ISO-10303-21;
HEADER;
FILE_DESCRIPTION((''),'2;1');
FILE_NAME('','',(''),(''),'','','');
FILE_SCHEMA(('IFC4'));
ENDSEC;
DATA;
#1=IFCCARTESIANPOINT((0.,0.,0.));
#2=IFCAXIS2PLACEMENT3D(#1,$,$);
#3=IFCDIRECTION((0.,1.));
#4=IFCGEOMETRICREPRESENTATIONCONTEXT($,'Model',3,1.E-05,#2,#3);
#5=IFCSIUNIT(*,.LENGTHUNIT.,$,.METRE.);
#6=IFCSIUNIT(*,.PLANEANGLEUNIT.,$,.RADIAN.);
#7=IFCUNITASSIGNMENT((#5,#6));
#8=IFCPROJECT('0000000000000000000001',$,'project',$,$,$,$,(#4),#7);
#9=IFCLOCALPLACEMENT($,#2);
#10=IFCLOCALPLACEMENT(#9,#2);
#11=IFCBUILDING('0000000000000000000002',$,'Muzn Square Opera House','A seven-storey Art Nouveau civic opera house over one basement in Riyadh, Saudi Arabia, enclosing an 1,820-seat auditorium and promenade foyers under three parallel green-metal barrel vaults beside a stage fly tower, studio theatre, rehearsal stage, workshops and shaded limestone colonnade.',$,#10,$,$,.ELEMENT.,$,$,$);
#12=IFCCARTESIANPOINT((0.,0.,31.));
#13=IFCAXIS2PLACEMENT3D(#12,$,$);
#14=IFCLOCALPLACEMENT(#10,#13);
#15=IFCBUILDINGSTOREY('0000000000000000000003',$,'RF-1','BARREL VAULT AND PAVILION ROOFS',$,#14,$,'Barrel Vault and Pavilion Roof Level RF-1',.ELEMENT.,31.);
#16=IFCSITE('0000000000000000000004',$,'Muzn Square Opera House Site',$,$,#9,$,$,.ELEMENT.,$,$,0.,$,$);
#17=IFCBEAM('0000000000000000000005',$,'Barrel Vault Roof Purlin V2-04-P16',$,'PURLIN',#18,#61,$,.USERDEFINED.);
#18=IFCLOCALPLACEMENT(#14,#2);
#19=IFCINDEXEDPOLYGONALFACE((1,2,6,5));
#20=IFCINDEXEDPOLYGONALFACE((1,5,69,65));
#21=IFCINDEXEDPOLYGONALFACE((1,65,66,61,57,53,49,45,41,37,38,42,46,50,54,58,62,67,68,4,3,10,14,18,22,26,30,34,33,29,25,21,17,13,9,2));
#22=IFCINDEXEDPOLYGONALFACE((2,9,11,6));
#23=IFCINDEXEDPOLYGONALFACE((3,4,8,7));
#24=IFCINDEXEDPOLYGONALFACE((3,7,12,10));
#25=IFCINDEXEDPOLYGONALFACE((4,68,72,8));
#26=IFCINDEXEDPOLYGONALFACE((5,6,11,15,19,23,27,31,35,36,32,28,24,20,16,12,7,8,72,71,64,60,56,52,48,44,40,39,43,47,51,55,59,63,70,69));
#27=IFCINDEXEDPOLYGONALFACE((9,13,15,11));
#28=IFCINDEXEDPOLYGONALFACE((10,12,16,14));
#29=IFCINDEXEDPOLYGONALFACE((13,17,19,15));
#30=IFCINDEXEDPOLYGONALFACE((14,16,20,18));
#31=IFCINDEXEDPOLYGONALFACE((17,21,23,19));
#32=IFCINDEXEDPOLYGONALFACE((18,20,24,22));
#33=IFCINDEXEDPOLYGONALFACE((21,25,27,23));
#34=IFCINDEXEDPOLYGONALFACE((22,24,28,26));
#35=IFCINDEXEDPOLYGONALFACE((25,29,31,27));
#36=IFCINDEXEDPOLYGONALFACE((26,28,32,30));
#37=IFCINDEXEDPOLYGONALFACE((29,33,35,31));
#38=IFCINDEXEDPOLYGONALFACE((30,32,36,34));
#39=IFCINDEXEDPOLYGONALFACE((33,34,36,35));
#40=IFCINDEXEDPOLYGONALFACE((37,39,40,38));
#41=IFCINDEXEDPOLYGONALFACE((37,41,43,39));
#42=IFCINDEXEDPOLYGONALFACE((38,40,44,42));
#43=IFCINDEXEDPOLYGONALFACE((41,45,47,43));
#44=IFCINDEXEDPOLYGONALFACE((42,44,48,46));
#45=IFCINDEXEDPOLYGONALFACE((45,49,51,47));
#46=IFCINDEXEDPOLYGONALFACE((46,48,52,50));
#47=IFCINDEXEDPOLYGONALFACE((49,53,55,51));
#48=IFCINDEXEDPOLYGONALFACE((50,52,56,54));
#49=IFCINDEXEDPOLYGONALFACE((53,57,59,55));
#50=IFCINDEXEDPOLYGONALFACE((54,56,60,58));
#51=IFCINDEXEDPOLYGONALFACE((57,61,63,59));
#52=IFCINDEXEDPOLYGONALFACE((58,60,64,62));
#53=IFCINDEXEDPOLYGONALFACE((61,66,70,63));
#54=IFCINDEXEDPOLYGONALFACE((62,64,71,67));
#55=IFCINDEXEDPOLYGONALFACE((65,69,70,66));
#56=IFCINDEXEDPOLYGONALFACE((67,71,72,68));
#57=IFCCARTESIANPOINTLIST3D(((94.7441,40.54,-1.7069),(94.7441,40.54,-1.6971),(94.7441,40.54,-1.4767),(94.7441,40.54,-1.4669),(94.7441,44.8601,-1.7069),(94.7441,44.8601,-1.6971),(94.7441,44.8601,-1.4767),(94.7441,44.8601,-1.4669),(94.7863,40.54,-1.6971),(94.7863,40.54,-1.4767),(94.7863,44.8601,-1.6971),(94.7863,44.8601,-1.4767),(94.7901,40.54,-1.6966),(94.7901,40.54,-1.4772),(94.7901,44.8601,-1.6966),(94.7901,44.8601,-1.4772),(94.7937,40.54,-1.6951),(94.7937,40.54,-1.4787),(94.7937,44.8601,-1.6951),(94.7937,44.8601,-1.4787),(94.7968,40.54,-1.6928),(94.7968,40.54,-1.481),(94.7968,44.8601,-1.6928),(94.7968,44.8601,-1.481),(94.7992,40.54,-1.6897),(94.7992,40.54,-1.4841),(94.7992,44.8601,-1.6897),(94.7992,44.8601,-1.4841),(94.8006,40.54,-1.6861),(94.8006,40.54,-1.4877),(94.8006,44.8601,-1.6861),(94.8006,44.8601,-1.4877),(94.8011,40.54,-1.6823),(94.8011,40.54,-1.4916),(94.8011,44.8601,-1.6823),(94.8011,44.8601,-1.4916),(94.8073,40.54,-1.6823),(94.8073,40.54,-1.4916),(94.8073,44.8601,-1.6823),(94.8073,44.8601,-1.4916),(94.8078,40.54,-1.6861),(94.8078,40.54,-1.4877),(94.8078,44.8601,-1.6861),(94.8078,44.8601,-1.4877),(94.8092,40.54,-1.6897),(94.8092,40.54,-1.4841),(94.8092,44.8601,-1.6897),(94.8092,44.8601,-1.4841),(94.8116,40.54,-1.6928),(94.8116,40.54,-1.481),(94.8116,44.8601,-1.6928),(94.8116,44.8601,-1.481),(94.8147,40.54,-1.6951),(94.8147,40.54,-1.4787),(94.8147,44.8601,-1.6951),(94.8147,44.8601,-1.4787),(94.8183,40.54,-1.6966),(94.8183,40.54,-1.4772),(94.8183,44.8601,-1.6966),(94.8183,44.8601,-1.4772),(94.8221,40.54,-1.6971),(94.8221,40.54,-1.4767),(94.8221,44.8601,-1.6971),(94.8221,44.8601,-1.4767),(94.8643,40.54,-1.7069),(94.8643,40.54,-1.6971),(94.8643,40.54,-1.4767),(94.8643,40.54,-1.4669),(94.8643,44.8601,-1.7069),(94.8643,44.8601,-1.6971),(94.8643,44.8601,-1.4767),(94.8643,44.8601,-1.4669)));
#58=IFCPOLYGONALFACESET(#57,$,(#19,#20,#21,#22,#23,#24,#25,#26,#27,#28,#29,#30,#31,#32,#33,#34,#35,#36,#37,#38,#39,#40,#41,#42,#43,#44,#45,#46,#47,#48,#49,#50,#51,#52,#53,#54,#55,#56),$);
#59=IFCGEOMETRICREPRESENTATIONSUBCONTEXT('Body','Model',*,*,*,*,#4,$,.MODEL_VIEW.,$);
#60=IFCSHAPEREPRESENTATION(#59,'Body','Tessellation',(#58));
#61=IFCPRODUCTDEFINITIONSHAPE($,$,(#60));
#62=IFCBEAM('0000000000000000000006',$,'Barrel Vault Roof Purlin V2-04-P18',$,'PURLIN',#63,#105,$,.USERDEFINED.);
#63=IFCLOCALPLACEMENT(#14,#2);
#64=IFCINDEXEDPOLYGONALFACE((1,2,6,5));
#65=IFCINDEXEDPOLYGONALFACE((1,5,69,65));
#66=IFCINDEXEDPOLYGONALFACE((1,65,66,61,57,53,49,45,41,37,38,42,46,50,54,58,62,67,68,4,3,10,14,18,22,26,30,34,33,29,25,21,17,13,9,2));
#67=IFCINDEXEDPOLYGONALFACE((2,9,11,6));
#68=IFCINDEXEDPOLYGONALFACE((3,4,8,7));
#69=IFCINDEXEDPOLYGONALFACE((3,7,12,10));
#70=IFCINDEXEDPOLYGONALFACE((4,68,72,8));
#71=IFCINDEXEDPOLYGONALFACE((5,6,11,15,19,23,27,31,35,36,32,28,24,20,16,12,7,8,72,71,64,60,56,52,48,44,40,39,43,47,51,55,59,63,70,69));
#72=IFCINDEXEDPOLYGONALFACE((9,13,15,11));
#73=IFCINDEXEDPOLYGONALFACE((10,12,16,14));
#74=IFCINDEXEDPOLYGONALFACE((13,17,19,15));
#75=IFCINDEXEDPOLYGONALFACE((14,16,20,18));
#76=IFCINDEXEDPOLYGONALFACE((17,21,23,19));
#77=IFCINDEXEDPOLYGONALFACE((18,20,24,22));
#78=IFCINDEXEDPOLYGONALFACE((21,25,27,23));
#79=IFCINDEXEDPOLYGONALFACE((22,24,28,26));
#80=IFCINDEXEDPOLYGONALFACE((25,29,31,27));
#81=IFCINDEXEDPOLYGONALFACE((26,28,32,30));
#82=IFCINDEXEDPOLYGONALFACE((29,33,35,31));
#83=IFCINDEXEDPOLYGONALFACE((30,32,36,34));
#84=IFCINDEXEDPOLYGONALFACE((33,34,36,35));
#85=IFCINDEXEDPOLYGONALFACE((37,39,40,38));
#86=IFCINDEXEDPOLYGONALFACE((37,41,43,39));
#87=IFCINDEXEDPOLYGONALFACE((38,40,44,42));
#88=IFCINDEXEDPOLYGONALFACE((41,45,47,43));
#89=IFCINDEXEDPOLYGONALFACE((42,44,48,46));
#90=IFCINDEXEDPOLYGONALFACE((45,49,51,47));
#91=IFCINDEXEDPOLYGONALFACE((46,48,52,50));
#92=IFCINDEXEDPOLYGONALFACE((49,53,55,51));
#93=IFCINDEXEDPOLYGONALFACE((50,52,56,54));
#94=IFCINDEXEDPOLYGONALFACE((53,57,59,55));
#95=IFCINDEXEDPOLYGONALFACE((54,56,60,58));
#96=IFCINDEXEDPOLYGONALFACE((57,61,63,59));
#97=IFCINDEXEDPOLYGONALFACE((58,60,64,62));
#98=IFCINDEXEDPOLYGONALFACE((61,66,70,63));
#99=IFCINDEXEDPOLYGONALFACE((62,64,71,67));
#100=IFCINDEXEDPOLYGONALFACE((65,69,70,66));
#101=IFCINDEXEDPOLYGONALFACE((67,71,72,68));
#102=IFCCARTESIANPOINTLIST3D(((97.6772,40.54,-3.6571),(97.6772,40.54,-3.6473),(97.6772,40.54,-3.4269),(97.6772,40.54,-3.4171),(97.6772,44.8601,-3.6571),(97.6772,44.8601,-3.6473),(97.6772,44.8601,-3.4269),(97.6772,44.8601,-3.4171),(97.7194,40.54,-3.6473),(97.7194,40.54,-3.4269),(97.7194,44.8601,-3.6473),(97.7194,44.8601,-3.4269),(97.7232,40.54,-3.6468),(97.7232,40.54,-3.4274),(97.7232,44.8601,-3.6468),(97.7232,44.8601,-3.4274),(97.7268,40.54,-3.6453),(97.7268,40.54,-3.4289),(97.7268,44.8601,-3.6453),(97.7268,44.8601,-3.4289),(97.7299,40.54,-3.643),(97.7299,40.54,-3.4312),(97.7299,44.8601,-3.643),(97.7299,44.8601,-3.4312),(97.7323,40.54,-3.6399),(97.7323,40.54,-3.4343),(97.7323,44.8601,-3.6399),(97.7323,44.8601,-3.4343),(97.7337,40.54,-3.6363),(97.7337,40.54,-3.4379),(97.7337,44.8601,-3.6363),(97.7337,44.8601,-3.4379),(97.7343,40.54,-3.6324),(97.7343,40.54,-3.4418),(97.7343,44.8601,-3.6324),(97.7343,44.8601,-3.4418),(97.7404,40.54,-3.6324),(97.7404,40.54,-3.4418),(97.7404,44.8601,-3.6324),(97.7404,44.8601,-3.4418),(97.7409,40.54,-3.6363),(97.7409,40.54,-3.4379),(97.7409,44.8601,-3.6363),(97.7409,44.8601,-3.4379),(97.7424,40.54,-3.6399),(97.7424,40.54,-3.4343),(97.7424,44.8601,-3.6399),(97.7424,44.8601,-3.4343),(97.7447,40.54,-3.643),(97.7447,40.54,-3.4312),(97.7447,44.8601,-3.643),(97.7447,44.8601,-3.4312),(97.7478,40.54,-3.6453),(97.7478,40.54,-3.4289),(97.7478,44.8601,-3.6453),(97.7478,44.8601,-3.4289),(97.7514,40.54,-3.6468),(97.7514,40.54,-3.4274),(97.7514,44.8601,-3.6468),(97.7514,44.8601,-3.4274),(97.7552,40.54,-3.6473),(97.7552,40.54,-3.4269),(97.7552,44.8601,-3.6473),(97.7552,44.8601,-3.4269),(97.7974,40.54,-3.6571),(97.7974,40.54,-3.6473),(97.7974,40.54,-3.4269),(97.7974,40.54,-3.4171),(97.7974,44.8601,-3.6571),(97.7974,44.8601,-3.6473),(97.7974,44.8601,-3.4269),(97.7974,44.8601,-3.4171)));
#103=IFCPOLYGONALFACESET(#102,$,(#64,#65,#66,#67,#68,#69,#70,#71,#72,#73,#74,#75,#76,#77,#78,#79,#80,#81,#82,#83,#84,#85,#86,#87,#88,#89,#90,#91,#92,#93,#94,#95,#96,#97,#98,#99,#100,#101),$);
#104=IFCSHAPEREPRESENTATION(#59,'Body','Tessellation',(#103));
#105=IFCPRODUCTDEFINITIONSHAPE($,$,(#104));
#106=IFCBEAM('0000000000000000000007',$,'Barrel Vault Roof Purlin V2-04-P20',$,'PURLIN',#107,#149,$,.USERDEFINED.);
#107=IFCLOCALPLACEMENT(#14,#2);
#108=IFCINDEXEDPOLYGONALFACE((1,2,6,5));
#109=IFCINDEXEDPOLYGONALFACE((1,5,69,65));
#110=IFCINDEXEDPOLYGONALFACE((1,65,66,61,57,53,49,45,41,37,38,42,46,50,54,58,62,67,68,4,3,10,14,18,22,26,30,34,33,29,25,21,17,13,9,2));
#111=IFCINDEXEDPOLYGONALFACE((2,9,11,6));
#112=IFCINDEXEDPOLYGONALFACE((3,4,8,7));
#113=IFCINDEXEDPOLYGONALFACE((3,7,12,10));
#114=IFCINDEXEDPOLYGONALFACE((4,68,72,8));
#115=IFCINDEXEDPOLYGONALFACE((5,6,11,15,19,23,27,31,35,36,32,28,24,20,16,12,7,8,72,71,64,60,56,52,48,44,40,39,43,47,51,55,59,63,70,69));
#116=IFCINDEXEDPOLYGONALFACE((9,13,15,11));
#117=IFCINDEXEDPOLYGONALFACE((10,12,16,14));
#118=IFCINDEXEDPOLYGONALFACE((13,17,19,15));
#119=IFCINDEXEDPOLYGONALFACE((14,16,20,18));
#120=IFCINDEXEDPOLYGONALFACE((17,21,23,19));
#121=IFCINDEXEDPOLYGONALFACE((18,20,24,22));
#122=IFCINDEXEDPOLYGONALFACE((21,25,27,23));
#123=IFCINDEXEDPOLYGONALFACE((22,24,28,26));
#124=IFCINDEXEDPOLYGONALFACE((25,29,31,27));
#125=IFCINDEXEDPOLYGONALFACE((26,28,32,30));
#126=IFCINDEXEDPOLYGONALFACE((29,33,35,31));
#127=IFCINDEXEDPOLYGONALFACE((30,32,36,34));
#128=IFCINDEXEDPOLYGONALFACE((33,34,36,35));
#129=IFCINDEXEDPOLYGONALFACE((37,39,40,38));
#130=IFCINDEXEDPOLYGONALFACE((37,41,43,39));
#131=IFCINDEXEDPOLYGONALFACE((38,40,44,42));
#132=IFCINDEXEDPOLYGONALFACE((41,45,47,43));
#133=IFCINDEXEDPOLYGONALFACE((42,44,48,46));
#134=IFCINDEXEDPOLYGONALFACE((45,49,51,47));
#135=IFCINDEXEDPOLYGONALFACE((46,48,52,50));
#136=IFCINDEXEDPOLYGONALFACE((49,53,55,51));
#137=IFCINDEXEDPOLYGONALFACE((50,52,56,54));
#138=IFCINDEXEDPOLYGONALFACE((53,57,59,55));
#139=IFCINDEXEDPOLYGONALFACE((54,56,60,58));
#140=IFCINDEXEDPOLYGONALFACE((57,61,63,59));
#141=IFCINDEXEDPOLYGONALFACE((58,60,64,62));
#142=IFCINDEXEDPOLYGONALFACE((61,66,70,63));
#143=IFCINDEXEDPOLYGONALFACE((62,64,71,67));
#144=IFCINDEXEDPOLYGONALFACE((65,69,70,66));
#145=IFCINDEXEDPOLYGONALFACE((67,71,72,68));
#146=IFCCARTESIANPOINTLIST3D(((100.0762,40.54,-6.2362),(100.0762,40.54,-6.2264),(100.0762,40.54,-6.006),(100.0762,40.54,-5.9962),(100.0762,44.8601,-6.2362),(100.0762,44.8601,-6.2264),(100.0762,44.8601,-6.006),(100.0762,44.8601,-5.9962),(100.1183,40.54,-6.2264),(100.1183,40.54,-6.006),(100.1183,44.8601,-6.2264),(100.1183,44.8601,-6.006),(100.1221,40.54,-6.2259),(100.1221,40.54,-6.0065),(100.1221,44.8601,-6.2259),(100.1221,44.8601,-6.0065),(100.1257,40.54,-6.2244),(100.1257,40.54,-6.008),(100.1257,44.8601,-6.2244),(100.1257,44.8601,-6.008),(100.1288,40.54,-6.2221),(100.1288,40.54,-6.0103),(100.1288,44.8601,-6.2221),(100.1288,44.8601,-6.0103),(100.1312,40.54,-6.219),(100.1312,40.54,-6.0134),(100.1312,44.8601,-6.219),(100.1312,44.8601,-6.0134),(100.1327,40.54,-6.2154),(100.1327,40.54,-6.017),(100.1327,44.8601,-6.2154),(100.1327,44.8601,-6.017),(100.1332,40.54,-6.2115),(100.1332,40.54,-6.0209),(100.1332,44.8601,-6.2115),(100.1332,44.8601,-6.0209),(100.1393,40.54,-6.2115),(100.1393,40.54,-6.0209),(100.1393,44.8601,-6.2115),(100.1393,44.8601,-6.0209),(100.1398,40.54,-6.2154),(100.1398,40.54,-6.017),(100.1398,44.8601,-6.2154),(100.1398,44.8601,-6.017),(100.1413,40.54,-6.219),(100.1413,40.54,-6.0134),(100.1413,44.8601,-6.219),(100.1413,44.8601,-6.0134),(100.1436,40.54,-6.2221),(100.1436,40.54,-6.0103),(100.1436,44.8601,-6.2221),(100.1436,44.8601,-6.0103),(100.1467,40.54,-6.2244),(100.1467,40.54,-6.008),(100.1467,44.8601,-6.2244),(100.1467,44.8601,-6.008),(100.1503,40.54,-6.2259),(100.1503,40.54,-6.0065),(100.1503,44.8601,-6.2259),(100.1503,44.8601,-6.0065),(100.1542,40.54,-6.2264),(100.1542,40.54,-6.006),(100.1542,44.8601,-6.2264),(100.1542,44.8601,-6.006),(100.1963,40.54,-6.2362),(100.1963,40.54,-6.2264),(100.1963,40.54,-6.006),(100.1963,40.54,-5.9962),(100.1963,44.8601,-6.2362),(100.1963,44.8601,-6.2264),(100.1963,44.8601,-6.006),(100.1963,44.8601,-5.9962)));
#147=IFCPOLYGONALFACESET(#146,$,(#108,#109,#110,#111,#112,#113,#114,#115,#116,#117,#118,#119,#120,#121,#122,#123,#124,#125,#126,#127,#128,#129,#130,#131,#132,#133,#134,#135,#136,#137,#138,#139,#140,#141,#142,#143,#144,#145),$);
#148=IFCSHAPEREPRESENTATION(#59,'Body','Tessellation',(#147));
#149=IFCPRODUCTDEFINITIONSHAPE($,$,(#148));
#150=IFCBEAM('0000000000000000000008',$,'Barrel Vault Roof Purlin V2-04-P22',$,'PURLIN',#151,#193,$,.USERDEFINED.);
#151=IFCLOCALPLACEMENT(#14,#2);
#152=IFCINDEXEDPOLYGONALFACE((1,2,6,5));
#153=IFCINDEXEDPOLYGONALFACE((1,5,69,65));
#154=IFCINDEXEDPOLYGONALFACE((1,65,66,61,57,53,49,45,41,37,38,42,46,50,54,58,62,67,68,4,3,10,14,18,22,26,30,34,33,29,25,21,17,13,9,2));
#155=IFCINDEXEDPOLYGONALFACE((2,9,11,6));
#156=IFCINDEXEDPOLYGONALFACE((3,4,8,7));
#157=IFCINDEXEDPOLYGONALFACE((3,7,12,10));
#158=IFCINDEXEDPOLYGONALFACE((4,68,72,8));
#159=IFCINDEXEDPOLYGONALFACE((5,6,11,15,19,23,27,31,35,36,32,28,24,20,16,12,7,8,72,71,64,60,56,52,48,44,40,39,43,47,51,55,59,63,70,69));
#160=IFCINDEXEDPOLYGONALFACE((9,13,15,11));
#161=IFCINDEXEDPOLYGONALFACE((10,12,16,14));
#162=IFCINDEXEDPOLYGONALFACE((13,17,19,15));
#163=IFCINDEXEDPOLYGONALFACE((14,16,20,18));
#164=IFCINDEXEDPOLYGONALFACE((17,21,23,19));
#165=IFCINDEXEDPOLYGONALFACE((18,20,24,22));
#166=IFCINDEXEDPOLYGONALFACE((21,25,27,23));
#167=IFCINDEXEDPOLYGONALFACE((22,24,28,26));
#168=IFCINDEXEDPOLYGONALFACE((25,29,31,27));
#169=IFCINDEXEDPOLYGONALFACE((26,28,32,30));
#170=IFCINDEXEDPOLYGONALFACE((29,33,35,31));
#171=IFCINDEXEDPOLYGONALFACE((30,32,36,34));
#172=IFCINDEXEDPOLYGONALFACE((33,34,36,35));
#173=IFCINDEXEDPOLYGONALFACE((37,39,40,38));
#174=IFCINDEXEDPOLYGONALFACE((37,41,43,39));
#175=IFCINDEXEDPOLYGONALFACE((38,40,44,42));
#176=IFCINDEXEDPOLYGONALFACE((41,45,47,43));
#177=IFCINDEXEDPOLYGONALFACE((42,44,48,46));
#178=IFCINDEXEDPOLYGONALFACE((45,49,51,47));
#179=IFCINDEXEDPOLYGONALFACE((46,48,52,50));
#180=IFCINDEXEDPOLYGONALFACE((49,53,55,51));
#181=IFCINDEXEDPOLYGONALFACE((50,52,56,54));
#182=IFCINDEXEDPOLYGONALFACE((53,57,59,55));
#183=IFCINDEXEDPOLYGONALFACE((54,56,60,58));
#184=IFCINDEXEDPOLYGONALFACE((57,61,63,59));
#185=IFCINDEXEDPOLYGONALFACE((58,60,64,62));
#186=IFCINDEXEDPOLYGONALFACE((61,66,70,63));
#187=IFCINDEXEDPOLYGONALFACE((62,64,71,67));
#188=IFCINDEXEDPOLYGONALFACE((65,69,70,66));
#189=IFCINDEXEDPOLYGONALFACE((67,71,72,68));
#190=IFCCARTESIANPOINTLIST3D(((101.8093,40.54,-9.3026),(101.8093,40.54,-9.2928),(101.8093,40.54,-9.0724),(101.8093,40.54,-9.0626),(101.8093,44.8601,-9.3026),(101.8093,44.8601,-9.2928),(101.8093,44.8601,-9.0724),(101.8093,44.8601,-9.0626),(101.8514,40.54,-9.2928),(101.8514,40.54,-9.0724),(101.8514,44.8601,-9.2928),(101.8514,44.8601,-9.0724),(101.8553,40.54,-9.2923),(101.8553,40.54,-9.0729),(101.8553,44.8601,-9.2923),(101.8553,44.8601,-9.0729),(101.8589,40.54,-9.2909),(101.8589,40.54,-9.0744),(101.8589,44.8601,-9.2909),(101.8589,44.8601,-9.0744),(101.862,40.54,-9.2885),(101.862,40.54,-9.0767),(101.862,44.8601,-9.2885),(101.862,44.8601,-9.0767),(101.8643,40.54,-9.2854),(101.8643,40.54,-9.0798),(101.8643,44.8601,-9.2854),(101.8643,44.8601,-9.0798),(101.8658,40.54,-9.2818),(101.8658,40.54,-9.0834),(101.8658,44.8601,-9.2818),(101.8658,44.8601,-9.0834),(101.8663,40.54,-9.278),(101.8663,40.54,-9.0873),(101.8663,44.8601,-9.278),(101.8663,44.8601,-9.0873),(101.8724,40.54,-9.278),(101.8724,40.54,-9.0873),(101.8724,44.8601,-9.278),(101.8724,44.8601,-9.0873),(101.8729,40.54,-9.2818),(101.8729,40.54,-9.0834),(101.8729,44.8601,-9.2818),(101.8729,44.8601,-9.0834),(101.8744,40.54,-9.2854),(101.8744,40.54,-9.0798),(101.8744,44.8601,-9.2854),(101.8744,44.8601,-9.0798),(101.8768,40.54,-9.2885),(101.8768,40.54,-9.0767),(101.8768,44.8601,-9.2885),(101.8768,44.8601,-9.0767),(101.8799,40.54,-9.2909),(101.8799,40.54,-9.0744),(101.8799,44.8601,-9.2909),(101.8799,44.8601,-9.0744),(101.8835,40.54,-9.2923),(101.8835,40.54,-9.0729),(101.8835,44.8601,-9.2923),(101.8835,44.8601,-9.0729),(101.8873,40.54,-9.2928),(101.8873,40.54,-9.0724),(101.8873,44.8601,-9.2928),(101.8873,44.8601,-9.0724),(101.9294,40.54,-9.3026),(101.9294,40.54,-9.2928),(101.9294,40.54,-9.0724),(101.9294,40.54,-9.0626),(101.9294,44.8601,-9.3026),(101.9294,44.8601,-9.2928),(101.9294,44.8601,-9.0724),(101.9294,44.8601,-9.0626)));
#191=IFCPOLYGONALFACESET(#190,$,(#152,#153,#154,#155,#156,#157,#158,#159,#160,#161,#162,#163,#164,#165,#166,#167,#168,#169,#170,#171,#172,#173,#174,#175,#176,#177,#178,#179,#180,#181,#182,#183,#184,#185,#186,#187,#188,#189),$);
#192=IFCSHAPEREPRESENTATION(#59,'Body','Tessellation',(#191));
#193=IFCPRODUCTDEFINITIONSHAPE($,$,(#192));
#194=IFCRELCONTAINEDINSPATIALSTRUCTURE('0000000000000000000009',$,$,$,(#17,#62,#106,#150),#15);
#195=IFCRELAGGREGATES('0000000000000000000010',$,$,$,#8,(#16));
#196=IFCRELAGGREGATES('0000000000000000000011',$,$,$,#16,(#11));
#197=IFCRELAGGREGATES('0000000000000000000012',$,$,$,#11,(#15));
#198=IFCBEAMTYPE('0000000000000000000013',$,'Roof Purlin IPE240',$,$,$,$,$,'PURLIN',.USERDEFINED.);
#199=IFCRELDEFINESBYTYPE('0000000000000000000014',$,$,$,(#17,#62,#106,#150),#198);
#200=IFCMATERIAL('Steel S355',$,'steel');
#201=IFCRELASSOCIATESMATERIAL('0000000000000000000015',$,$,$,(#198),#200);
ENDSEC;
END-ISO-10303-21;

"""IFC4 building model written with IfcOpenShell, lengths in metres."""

from ifc_helpers import new_model, si_unit, direction, frame, origin, origin_2d, place, context, subcontext, project, spatial, i_section, extrude, material, material_profile, profile_set, type_object, element, save


model = new_model("IFC4")

# Units and contexts
model_context = context("Model", 3, precision=1e-05, world=origin(), true_north=direction((0.0, 1.0)))
body_context = subcontext(model_context, "Body", "Model", "MODEL_VIEW")
ifc_project = project(units=[si_unit("LENGTHUNIT", "METRE"), si_unit("PLANEANGLEUNIT", "RADIAN")], contexts=[model_context])

# Site, building, storey
site_placement = place(None, origin())
site = spatial("IfcSite", under=ifc_project, at=site_placement, Name="Muzn Square Opera House Site", CompositionType="ELEMENT", RefElevation=0.0)
building_placement = place(site_placement, origin())
building = spatial("IfcBuilding", under=site, at=building_placement, Name="Muzn Square Opera House", Description="A seven-storey Art Nouveau civic opera house over one basement in Riyadh, Saudi Arabia, enclosing an 1,820-seat auditorium and promenade foyers under three parallel green-metal barrel vaults beside a stage fly tower, studio theatre, rehearsal stage, workshops and shaded limestone colonnade.", CompositionType="ELEMENT")
storey_placement = place(building_placement, frame((0.0, 0.0, 31.0)))
storey = spatial("IfcBuildingStorey", under=building, at=storey_placement, Name="RF-1", Description="BARREL VAULT AND PAVILION ROOFS", LongName="Barrel Vault and Pavilion Roof Level RF-1", CompositionType="ELEMENT", Elevation=31.0)

# Beams
ifc_material_1 = material(Name="Steel S355", Category="steel")
ifc_material_profile_1 = material_profile(ifc_material_1, i_section(OverallWidth=0.1201, OverallDepth=0.24, WebThickness=0.0061, FlangeThickness=0.0098, FilletRadius=0.0149, at=origin_2d()), Name="IPE 240", Category="steel")
ifc_profile_set_1 = profile_set([ifc_material_profile_1], Name="Steel S355")
beam_type_1 = type_object("IfcBeamType", Name="Roof Purlin IPE240", ElementType="PURLIN", PredefinedType="USERDEFINED", material=ifc_profile_set_1)
for number, where, z_axis, x_axis, name in (
    (1, (94.8042, 40.54, -1.5869), (0.0, 1.0, 0.0), (-1.0, 0.0, 0.0), "Barrel Vault Roof Purlin V2-04-P16"),
    (2, (97.7373, 40.54, -3.5371), (0.0, 1.0, 0.0), (-1.0, 0.0, 0.0), "Barrel Vault Roof Purlin V2-04-P18"),
    (3, (100.1362, 40.54, -6.1162), (0.0, 1.0, 0.0), (-1.0, 0.0, 0.0), "Barrel Vault Roof Purlin V2-04-P20"),
    (4, (101.8694, 40.54, -9.1826), (0.0, 1.0, 0.0), (-1.0, 0.0, 0.0), "Barrel Vault Roof Purlin V2-04-P22"),
):
    element("IfcBeam", number, at=place(storey_placement, frame(where, z_axis=z_axis, x_axis=x_axis)), inside=storey, type_object=beam_type_1, Name=name, ObjectType="PURLIN", PredefinedType="USERDEFINED", context=body_context, shape_type="SweptSolid", body=[
        extrude(i_section(OverallWidth=0.1201, OverallDepth=0.24, WebThickness=0.0061, FlangeThickness=0.0098, FilletRadius=0.0149, at=origin_2d()), origin(), (0.0, 0.0, 1.0), 4.3201),
    ])

save(model, "model.ifc")
